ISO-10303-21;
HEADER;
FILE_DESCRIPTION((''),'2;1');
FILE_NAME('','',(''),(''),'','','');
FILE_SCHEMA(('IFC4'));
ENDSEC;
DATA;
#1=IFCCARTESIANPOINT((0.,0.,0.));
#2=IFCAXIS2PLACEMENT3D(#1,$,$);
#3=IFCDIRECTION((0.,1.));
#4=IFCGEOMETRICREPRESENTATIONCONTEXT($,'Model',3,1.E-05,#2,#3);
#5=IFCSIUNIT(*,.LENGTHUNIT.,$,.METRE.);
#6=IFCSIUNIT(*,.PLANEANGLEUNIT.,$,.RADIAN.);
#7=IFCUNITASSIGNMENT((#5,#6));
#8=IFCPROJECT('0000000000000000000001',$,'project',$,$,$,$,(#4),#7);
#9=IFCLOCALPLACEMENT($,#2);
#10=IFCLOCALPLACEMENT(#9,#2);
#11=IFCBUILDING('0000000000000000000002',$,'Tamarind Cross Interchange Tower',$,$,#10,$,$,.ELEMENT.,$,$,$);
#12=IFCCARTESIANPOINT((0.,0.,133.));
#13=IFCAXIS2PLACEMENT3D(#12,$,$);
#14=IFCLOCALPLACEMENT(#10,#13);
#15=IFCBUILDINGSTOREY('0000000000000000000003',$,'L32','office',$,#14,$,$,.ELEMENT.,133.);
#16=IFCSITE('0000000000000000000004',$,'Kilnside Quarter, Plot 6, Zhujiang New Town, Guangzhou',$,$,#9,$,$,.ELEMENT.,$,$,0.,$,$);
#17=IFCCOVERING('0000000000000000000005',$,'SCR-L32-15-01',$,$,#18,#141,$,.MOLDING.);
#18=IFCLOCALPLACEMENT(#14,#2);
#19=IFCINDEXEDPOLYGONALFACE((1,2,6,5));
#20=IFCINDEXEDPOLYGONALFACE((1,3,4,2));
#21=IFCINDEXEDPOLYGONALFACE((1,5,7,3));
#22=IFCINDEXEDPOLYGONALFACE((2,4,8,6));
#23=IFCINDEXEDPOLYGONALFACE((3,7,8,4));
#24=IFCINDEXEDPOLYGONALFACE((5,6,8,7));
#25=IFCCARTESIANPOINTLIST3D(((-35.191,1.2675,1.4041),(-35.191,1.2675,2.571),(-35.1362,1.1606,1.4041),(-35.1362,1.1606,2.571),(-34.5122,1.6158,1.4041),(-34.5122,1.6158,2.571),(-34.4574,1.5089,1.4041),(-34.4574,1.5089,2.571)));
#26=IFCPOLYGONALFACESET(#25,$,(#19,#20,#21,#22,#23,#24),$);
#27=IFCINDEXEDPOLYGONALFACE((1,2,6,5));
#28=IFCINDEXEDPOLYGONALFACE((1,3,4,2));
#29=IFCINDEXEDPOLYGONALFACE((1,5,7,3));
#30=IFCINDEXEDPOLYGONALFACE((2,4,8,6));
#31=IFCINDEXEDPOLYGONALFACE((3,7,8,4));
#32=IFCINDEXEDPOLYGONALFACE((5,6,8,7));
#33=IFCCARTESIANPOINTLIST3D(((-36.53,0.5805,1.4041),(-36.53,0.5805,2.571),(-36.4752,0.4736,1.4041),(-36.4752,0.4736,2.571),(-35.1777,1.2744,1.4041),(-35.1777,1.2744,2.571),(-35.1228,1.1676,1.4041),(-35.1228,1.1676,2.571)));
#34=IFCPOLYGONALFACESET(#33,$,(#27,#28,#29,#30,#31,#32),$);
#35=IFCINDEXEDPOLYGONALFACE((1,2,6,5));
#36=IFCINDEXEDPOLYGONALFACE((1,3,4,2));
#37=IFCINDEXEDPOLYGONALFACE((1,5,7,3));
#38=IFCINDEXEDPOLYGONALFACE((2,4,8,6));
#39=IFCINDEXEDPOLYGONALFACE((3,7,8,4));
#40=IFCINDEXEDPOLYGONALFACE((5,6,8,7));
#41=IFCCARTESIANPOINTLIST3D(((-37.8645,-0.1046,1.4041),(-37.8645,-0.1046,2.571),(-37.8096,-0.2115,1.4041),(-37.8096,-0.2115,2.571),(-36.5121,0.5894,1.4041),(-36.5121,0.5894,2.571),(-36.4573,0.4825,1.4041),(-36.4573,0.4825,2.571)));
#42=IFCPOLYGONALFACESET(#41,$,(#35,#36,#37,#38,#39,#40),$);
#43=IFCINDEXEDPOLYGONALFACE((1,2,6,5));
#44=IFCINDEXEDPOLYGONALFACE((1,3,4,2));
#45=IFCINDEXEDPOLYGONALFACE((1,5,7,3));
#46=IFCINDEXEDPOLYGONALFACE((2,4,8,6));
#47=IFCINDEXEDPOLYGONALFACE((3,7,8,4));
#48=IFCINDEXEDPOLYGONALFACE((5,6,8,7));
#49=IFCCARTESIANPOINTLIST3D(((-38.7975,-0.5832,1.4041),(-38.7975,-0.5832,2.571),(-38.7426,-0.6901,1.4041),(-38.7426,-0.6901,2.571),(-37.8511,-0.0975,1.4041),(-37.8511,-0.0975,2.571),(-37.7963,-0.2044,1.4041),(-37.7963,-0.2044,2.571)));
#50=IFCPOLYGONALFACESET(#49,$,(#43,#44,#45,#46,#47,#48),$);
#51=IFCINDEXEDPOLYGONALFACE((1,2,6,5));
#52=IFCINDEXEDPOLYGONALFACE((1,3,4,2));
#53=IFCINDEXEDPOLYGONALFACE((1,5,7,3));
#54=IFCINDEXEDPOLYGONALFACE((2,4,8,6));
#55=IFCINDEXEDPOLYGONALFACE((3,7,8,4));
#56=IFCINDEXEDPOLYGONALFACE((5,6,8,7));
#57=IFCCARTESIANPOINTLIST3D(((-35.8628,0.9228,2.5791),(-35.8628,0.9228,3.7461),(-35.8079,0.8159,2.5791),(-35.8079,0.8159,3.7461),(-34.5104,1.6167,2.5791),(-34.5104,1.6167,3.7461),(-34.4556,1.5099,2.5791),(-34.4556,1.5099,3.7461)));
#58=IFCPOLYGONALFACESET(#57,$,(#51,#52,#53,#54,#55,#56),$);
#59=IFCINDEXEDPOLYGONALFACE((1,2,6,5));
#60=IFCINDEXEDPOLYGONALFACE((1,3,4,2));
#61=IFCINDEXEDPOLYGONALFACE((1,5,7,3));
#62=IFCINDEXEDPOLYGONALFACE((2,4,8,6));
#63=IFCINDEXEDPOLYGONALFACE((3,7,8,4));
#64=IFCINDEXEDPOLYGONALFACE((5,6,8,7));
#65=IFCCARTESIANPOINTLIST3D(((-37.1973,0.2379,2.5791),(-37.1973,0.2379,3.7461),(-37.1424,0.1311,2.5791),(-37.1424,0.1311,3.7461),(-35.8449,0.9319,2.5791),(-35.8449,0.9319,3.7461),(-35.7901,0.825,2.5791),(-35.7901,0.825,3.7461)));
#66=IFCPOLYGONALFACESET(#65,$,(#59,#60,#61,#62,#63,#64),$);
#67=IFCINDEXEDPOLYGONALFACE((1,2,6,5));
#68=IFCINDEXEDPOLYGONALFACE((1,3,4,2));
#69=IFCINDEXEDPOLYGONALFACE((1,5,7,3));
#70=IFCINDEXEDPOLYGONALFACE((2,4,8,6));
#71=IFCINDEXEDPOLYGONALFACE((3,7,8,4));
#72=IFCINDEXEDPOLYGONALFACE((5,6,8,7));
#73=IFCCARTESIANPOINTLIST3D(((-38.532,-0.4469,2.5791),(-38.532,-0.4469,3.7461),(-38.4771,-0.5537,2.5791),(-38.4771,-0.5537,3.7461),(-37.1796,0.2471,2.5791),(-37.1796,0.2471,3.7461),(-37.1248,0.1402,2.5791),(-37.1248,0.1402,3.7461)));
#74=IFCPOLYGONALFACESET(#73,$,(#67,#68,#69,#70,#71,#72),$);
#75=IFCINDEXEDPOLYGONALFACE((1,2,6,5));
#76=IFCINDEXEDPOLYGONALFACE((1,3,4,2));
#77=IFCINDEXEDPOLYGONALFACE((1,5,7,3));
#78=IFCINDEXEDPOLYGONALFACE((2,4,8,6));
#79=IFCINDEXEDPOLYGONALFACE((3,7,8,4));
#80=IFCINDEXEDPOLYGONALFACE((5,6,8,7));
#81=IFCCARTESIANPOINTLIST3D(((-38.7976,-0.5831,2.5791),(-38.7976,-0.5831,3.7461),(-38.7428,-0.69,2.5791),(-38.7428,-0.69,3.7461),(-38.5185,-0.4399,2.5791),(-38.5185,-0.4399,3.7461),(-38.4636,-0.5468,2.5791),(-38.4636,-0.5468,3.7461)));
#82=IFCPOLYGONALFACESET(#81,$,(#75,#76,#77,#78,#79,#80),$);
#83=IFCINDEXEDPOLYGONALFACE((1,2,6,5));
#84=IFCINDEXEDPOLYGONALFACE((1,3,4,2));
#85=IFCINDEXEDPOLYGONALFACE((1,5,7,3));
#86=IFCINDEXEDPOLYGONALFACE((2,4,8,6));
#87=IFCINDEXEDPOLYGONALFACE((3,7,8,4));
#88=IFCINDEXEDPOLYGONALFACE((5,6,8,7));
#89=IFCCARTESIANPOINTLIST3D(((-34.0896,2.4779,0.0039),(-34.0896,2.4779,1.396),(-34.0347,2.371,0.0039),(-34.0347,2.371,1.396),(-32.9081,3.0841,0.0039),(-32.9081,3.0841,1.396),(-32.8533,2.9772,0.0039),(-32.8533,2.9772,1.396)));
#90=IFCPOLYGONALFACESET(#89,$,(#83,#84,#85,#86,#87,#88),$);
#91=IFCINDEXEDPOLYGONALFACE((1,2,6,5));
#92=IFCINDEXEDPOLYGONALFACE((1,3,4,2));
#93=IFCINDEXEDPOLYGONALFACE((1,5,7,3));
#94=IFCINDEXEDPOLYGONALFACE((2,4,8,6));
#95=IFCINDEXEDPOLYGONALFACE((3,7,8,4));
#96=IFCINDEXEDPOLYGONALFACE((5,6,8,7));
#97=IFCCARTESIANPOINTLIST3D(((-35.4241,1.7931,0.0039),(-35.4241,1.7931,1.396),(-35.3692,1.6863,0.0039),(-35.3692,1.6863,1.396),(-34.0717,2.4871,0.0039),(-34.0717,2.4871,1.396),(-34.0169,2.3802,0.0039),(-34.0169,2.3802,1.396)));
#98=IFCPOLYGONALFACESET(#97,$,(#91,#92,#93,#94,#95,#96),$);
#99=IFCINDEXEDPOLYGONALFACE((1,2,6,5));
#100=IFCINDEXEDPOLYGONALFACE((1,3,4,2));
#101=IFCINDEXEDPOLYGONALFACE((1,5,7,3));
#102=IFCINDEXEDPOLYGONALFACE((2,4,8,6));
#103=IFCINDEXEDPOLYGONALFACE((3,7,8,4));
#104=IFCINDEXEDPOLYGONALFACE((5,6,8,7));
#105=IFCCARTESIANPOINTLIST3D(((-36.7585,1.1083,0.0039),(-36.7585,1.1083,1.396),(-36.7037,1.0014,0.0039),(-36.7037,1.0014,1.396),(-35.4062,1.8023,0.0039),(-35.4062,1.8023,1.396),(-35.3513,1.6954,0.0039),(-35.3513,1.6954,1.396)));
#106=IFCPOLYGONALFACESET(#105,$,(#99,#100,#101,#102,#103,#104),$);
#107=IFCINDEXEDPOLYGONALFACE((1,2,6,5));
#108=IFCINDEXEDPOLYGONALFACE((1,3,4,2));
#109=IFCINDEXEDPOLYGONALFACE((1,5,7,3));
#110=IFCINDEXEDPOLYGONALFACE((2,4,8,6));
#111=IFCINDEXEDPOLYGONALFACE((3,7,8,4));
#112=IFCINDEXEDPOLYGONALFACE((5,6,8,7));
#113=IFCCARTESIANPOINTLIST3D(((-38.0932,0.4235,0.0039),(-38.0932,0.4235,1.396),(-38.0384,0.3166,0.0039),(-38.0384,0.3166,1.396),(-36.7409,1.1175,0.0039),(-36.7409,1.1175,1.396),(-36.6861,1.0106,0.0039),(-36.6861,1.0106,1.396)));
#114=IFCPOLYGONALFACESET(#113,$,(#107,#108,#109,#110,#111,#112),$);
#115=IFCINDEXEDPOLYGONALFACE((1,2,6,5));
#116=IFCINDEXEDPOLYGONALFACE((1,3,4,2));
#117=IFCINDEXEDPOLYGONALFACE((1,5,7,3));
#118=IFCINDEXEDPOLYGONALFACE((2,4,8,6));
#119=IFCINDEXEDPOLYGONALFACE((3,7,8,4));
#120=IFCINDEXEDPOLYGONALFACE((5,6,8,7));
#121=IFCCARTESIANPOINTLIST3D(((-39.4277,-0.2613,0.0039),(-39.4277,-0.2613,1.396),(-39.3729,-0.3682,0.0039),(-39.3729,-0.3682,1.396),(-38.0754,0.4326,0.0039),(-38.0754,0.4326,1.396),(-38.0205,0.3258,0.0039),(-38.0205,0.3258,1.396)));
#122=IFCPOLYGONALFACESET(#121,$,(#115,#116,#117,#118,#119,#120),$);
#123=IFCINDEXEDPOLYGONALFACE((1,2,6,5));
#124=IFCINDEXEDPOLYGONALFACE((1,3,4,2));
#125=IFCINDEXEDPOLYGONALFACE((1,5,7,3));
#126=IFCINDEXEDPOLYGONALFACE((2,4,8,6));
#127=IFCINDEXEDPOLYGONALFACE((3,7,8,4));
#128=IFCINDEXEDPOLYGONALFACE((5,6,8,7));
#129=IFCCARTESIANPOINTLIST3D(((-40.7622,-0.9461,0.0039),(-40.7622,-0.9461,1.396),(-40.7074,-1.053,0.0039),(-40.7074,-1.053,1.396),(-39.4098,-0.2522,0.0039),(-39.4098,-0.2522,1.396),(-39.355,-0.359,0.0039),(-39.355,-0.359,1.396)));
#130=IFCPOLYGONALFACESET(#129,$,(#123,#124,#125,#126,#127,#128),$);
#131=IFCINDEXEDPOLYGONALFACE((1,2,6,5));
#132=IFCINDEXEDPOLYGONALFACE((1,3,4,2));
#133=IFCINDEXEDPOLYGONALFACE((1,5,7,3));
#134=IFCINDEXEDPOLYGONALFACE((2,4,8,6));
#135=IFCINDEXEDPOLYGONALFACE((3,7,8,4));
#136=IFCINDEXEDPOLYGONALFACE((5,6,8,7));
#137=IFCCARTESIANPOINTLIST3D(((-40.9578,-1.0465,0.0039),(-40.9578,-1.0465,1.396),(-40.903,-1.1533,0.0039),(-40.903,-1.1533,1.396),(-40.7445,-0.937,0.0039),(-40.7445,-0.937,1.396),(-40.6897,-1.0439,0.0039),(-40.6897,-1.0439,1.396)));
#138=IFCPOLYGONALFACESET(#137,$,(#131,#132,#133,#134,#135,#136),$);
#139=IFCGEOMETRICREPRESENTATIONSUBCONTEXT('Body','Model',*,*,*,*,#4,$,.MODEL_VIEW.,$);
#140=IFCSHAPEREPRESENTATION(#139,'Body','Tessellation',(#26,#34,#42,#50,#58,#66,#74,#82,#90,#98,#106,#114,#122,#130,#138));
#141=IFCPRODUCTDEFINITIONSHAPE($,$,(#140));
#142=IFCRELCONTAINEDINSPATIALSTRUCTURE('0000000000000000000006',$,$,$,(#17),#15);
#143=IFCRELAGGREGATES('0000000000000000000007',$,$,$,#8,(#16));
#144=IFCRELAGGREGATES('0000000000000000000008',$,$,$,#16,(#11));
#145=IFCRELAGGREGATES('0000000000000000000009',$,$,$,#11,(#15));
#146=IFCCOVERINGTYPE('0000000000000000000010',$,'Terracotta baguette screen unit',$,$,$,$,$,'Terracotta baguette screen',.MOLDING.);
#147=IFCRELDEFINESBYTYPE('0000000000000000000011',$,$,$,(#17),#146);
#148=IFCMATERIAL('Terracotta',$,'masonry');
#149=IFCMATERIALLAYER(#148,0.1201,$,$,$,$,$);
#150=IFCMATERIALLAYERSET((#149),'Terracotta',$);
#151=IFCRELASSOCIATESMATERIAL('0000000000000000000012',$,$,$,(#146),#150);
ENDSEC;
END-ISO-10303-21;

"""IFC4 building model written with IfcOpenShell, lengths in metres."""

from ifc_helpers import new_model, si_unit, direction, frame, origin, origin_2d, place, context, subcontext, project, spatial, rectangle, extrude, material, layer, layer_set, type_object, element, save


model = new_model("IFC4")

# Units and contexts
model_context = context("Model", 3, precision=1e-05, world=origin(), true_north=direction((0.0, 1.0)))
body_context = subcontext(model_context, "Body", "Model", "MODEL_VIEW")
ifc_project = project(units=[si_unit("LENGTHUNIT", "METRE"), si_unit("PLANEANGLEUNIT", "RADIAN")], contexts=[model_context])

# Site, building, storey
site_placement = place(None, origin())
site = spatial("IfcSite", under=ifc_project, at=site_placement, Name="Kilnside Quarter, Plot 6, Zhujiang New Town, Guangzhou", CompositionType="ELEMENT", RefElevation=0.0)
building_placement = place(site_placement, origin())
building = spatial("IfcBuilding", under=site, at=building_placement, Name="Tamarind Cross Interchange Tower", CompositionType="ELEMENT")
storey_placement = place(building_placement, frame((0.0, 0.0, 133.0)))
storey = spatial("IfcBuildingStorey", under=building, at=storey_placement, Name="L32", Description="office", CompositionType="ELEMENT", Elevation=133.0)

# Covering
ifc_material_1 = material(Name="Terracotta", Category="masonry")
ifc_layer_1 = layer(ifc_material_1, 0.1201)
ifc_layer_set_1 = layer_set([ifc_layer_1], Name="Terracotta")
covering_type = type_object("IfcCoveringType", Name="Terracotta baguette screen unit", ElementType="Terracotta baguette screen", PredefinedType="MOLDING", material=ifc_layer_set_1)
covering_1_placement = place(storey_placement, origin())
element("IfcCovering", 1, at=covering_1_placement, inside=storey, type_object=covering_type, Name="SCR-L32-15-01", PredefinedType="MOLDING", context=body_context, shape_type="SweptSolid", body=[
    extrude(rectangle(XDim=0.7629, YDim=0.1201, at=origin_2d()), frame((-34.8242, 1.3882, 1.4041), z_axis=(0.0, 0.0, 1.0), x_axis=(-0.889697, -0.456551, 0.0)), (0.0, 0.0, 1.0), 1.167),
    extrude(rectangle(XDim=1.52, YDim=0.1201, at=origin_2d()), frame((-35.8264, 0.874, 1.4041), z_axis=(0.0, 0.0, 1.0), x_axis=(-0.889697, -0.456551, 0.0)), (0.0, 0.0, 1.0), 1.167),
    extrude(rectangle(XDim=1.52, YDim=0.1201, at=origin_2d()), frame((-37.1609, 0.189, 1.4041), z_axis=(0.0, 0.0, 1.0), x_axis=(-0.889697, -0.456551, 0.0)), (0.0, 0.0, 1.0), 1.167),
    extrude(rectangle(XDim=1.0637, YDim=0.1201, at=origin_2d()), frame((-38.2969, -0.3938, 1.4041), z_axis=(0.0, 0.0, 1.0), x_axis=(-0.889697, -0.456551, 0.0)), (0.0, 0.0, 1.0), 1.167),
    extrude(rectangle(XDim=1.52, YDim=0.1201, at=origin_2d()), frame((-35.1592, 1.2163, 2.5791), z_axis=(0.0, 0.0, 1.0), x_axis=(-0.889697, -0.456551, 0.0)), (0.0, 0.0, 1.0), 1.167),
    extrude(rectangle(XDim=1.52, YDim=0.1201, at=origin_2d()), frame((-36.4937, 0.5315, 2.5791), z_axis=(0.0, 0.0, 1.0), x_axis=(-0.889697, -0.456551, 0.0)), (0.0, 0.0, 1.0), 1.167),
    extrude(rectangle(XDim=1.52, YDim=0.1201, at=origin_2d()), frame((-37.8284, -0.1533, 2.5791), z_axis=(0.0, 0.0, 1.0), x_axis=(-0.889697, -0.456551, 0.0)), (0.0, 0.0, 1.0), 1.167),
    extrude(rectangle(XDim=0.3137, YDim=0.1201, at=origin_2d()), frame((-38.6306, -0.5649, 2.5791), z_axis=(0.0, 0.0, 1.0), x_axis=(-0.889697, -0.456551, 0.0)), (0.0, 0.0, 1.0), 1.167),
    extrude(rectangle(XDim=1.3279, YDim=0.1201, at=origin_2d()), frame((-33.4714, 2.7275, 0.0039), z_axis=(0.0, 0.0, 1.0), x_axis=(-0.889697, -0.456551, 0.0)), (0.0, 0.0, 1.0), 1.3921),
    extrude(rectangle(XDim=1.52, YDim=0.1201, at=origin_2d()), frame((-34.7205, 2.0867, 0.0039), z_axis=(0.0, 0.0, 1.0), x_axis=(-0.889697, -0.456551, 0.0)), (0.0, 0.0, 1.0), 1.3921),
    extrude(rectangle(XDim=1.52, YDim=0.1201, at=origin_2d()), frame((-36.0549, 1.4019, 0.0039), z_axis=(0.0, 0.0, 1.0), x_axis=(-0.889697, -0.456551, 0.0)), (0.0, 0.0, 1.0), 1.3921),
    extrude(rectangle(XDim=1.52, YDim=0.1201, at=origin_2d()), frame((-37.3896, 0.717, 0.0039), z_axis=(0.0, 0.0, 1.0), x_axis=(-0.889697, -0.456551, 0.0)), (0.0, 0.0, 1.0), 1.3921),
    extrude(rectangle(XDim=1.52, YDim=0.1201, at=origin_2d()), frame((-38.7241, 0.0322, 0.0039), z_axis=(0.0, 0.0, 1.0), x_axis=(-0.889697, -0.456551, 0.0)), (0.0, 0.0, 1.0), 1.3921),
    extrude(rectangle(XDim=1.52, YDim=0.1201, at=origin_2d()), frame((-40.0586, -0.6526, 0.0039), z_axis=(0.0, 0.0, 1.0), x_axis=(-0.889697, -0.456551, 0.0)), (0.0, 0.0, 1.0), 1.3921),
    extrude(rectangle(XDim=0.2397, YDim=0.1201, at=origin_2d()), frame((-40.8237, -1.0452, 0.0039), z_axis=(0.0, 0.0, 1.0), x_axis=(-0.889697, -0.456551, 0.0)), (0.0, 0.0, 1.0), 1.3921),
])

save(model, "model.ifc")
